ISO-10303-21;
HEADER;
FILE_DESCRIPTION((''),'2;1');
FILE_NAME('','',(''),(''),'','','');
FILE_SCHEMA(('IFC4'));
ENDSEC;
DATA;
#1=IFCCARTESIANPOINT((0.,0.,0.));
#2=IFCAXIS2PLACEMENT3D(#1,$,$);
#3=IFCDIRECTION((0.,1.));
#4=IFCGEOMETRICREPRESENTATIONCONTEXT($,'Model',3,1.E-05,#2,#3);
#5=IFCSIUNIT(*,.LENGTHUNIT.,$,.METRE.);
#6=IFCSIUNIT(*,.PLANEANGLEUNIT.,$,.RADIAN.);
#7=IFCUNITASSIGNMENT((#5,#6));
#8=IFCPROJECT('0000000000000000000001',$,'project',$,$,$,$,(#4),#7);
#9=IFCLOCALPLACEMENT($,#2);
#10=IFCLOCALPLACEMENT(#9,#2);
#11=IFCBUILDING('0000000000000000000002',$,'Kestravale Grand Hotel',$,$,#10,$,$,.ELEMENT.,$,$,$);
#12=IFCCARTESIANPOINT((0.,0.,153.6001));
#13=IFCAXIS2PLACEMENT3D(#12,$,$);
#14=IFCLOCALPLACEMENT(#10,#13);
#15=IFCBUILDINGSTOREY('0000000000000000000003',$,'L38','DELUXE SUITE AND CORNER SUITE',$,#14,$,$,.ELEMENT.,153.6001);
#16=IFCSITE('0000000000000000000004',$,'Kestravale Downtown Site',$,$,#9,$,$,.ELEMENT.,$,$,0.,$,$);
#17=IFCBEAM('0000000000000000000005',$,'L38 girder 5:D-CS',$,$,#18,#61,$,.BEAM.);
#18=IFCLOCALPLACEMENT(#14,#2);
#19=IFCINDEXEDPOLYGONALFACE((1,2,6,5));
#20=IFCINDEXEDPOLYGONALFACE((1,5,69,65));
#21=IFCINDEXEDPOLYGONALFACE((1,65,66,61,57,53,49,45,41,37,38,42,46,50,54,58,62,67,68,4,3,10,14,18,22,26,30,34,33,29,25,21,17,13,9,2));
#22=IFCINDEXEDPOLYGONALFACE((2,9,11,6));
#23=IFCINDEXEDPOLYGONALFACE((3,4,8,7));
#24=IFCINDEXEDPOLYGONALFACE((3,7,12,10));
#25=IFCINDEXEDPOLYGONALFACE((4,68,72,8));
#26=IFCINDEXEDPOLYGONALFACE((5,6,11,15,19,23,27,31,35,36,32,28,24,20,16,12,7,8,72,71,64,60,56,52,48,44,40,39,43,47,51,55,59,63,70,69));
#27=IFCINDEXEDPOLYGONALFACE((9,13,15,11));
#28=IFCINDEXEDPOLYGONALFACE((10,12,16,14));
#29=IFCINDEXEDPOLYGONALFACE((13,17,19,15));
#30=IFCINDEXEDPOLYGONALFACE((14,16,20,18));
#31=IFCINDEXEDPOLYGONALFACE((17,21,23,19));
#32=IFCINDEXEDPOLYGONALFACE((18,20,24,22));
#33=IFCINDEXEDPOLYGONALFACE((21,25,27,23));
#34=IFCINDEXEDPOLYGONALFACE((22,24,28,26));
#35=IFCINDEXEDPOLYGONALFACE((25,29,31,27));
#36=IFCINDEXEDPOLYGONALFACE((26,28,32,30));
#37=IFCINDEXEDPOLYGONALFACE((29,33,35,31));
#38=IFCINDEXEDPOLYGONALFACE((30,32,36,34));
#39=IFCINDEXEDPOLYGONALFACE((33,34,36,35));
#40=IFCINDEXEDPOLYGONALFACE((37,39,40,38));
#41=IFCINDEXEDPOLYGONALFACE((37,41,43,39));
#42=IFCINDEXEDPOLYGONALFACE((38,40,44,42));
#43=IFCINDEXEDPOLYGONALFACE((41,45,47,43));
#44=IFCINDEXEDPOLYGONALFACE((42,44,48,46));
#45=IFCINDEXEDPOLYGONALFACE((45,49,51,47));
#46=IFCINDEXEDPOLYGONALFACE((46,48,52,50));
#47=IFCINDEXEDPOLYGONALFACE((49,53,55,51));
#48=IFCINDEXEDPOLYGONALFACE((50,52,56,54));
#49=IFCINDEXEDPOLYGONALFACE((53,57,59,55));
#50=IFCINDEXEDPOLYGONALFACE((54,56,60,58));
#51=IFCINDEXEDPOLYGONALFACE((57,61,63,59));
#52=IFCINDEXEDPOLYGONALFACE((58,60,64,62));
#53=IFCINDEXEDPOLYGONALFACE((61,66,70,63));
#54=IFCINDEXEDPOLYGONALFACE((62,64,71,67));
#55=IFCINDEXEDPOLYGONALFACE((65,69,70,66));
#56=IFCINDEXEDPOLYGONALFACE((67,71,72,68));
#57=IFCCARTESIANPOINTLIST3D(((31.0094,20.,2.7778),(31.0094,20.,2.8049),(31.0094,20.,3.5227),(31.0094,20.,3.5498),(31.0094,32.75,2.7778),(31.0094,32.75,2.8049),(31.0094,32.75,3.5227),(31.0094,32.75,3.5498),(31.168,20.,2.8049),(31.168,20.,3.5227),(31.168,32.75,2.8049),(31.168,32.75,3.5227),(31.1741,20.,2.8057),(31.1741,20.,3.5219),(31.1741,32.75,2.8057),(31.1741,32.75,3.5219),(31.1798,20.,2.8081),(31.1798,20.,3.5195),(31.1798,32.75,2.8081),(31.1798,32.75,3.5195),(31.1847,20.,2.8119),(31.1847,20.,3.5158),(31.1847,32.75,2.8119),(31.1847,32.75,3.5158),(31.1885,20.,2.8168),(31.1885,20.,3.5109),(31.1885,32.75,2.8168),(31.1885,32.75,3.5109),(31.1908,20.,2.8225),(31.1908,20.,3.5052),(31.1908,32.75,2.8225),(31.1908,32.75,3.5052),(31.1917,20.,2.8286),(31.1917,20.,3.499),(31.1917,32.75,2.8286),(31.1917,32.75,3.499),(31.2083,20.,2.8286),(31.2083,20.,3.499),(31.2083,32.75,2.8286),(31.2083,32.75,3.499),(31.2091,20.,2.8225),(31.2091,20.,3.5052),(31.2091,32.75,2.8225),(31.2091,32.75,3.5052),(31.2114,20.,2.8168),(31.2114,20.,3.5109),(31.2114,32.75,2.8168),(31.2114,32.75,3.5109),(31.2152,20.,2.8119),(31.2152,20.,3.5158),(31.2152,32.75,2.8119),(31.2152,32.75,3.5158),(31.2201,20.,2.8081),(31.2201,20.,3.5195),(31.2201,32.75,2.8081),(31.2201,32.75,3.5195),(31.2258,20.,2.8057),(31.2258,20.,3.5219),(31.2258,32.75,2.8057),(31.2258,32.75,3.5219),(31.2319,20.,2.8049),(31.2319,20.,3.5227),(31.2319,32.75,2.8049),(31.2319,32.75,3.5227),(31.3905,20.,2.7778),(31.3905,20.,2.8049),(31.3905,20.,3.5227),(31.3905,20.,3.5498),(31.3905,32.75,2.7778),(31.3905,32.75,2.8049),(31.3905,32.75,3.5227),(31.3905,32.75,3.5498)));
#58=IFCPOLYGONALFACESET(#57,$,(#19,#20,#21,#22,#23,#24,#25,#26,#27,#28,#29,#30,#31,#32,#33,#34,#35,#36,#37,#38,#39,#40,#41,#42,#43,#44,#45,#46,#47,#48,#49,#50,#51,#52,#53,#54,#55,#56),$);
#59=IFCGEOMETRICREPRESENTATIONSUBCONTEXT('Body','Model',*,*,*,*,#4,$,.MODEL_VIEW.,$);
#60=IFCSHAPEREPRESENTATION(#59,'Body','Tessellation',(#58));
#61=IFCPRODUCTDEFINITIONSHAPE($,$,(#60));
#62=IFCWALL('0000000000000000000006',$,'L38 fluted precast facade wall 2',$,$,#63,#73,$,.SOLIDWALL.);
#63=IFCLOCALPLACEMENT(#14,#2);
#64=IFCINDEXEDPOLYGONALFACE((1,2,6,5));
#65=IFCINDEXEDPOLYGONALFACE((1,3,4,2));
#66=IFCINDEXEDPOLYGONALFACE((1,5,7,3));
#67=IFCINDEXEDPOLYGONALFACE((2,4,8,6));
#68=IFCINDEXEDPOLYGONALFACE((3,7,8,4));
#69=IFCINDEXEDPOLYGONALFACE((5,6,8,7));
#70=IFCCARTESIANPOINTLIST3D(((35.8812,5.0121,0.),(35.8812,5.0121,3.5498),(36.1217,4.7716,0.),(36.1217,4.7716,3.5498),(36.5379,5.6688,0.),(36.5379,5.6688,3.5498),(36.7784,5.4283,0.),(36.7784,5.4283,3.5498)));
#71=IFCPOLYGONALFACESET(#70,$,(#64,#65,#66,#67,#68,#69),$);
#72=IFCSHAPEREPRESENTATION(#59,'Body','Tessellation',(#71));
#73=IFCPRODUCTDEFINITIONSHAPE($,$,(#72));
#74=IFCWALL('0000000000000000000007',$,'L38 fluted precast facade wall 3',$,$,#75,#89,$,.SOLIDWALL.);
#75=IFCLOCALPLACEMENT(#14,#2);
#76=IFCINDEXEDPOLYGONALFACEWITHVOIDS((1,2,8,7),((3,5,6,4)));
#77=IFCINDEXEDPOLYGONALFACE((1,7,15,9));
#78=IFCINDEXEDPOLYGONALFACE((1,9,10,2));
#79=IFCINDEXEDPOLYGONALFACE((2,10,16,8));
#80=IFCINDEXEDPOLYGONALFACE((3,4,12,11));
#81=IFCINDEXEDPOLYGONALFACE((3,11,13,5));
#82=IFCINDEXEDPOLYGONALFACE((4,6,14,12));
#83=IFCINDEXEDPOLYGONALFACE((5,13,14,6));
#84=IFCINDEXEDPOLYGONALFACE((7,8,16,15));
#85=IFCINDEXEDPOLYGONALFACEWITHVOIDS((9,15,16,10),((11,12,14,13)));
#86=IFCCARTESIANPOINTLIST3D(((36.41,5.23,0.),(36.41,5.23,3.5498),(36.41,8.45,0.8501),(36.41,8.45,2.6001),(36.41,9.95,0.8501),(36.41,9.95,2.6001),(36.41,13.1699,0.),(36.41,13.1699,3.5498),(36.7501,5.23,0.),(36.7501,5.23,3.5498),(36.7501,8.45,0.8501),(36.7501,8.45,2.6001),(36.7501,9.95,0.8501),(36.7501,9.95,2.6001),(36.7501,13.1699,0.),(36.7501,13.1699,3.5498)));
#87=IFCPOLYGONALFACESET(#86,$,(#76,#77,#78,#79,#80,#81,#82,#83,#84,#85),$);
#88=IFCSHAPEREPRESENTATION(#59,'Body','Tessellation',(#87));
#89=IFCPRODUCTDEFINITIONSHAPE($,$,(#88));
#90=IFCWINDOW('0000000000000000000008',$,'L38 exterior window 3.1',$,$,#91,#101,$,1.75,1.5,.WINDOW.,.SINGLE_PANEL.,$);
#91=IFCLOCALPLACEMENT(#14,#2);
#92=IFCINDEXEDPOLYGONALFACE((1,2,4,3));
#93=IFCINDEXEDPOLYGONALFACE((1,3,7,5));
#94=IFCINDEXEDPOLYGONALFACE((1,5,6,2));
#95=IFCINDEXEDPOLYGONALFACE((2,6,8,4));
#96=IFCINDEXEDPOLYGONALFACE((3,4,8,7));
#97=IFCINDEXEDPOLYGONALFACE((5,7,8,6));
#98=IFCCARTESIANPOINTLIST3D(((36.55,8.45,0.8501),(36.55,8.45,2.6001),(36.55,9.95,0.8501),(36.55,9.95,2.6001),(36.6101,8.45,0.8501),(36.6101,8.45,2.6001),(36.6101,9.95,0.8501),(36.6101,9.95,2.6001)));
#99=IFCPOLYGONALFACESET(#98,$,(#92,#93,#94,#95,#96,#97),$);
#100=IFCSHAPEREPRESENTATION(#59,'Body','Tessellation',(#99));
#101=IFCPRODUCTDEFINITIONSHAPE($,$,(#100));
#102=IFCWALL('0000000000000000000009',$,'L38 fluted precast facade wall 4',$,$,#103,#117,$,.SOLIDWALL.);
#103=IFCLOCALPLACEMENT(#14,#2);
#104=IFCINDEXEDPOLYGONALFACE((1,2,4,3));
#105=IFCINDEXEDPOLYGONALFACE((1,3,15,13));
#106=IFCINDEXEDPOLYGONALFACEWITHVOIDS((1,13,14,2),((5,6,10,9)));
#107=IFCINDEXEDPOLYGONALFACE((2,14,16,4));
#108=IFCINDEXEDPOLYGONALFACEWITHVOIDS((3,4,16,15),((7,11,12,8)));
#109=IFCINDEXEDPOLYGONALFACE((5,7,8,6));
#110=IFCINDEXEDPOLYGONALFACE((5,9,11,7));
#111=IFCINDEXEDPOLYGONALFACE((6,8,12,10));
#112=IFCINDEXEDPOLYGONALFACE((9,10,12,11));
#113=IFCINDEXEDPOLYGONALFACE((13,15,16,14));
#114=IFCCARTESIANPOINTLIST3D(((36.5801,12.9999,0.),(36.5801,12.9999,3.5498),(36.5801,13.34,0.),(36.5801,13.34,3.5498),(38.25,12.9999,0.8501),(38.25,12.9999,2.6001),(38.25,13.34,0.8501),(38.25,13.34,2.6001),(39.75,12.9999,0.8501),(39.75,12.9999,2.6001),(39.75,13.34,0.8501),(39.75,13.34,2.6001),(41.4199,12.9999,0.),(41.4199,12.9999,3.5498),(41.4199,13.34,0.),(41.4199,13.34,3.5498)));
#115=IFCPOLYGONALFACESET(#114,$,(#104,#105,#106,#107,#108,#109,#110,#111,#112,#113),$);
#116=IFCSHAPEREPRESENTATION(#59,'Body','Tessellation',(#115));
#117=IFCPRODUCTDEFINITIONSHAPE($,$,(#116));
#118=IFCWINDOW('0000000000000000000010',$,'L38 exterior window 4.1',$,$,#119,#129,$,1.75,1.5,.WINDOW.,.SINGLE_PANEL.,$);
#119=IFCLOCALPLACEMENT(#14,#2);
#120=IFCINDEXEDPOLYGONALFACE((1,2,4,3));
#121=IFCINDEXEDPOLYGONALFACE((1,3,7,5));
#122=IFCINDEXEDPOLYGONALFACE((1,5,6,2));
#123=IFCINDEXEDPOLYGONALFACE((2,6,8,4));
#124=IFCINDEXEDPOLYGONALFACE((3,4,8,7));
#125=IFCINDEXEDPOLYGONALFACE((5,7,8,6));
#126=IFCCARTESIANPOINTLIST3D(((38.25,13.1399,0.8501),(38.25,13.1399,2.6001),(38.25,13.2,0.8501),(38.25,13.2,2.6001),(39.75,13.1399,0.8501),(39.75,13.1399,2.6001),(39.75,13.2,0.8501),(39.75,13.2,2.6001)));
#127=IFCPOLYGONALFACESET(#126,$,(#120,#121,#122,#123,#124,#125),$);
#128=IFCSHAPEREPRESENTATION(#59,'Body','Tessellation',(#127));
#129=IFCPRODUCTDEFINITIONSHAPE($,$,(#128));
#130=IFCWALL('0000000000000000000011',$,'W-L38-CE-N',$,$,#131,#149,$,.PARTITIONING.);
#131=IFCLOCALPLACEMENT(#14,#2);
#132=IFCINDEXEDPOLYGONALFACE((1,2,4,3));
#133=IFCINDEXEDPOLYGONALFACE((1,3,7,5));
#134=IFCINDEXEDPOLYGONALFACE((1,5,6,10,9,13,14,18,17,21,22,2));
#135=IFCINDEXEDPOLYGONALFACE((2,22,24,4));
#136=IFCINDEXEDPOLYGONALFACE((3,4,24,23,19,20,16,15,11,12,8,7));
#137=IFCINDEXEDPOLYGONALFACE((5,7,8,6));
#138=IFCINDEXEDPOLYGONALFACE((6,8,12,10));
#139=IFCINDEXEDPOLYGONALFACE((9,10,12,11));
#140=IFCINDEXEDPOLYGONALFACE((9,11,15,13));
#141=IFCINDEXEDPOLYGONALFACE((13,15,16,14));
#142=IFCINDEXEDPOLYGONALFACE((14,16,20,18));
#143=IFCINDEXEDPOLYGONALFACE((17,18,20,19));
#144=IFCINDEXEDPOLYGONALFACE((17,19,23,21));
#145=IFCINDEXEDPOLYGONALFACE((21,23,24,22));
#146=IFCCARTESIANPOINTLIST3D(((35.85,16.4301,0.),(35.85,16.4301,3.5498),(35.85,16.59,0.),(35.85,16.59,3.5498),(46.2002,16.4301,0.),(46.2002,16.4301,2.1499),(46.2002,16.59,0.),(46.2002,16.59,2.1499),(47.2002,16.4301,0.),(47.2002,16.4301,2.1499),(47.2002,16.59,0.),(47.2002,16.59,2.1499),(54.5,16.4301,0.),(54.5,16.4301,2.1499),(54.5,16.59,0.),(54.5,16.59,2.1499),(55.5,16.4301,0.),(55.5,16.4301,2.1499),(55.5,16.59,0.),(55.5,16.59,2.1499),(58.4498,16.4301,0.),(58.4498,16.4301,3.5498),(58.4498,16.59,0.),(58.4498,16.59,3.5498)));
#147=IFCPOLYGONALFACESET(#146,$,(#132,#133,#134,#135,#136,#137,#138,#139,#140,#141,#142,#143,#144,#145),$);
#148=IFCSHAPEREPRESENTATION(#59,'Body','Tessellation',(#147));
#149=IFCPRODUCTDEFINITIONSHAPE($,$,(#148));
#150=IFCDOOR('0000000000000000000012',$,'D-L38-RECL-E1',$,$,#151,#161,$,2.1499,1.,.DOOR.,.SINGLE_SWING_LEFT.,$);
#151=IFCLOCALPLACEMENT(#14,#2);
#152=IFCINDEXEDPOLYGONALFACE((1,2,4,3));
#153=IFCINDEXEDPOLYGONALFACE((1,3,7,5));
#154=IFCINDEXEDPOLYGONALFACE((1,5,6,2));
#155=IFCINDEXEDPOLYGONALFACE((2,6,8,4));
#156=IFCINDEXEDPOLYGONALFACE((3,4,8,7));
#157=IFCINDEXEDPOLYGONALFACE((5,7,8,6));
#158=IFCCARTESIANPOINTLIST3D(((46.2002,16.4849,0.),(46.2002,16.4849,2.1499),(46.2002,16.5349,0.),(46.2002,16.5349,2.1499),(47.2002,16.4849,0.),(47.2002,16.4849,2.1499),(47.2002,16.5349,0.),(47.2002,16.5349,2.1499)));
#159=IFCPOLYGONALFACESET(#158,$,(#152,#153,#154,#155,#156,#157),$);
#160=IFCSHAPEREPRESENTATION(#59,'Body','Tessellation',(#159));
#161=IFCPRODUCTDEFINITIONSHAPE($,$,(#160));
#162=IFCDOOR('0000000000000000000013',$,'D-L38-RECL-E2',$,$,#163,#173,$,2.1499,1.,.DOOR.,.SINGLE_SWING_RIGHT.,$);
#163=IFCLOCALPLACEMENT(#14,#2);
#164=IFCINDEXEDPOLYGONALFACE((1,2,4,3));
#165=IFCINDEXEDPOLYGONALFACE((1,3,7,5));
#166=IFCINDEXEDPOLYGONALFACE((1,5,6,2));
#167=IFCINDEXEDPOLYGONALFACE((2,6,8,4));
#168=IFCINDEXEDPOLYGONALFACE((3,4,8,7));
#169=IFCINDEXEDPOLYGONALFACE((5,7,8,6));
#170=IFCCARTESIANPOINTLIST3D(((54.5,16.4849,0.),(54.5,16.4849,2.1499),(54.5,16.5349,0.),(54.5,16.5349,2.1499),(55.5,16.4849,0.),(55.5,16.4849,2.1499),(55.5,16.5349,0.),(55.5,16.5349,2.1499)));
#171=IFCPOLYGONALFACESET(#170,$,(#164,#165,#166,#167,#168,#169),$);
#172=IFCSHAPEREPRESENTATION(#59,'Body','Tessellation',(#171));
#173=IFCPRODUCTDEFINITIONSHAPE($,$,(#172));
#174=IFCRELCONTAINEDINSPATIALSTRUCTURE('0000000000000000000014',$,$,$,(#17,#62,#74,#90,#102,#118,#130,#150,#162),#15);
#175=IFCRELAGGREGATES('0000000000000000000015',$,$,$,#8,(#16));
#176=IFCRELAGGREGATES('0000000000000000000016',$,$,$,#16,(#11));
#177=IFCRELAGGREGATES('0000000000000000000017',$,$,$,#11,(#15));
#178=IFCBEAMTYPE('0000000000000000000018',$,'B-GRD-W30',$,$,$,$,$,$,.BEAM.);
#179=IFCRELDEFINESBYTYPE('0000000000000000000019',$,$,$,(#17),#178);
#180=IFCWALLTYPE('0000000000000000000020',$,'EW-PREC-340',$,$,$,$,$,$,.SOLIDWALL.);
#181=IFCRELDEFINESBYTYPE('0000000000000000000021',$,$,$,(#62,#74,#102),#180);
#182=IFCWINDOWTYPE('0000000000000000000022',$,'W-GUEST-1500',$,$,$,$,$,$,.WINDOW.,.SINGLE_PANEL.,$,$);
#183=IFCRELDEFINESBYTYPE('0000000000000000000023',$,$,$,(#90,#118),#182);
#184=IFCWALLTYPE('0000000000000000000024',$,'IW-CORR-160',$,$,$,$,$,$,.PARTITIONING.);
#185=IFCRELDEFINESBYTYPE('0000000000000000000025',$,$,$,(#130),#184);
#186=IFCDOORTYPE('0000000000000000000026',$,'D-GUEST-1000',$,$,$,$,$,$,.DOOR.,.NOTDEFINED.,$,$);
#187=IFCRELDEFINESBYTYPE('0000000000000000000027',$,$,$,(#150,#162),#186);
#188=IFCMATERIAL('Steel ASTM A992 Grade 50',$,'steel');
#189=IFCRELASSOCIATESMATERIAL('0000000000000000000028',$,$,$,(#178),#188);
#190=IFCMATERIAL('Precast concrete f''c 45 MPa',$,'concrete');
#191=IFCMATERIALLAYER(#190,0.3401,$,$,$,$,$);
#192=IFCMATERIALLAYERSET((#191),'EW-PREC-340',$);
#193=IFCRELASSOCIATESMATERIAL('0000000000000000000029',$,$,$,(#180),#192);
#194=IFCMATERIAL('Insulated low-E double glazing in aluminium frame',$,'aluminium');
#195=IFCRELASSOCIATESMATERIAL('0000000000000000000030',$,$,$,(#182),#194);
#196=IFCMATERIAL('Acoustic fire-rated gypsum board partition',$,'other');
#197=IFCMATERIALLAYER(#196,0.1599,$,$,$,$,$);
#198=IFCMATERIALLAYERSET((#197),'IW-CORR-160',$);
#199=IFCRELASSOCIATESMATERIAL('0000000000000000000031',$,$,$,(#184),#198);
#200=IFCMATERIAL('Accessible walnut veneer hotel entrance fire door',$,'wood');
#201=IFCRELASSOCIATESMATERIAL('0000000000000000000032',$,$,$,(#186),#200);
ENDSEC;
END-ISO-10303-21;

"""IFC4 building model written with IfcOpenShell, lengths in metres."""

from ifc_helpers import new_model, si_unit, direction, frame, frame_2d, origin, origin_2d, place, context, subcontext, project, spatial, rectangle, i_section, extrude, material, layer, layer_set, material_profile, profile_set, type_object, element, fill, save


model = new_model("IFC4")

# Units and contexts
model_context = context("Model", 3, precision=1e-05, world=origin(), true_north=direction((0.0, 1.0)))
body_context = subcontext(model_context, "Body", "Model", "MODEL_VIEW")
ifc_project = project(units=[si_unit("LENGTHUNIT", "METRE"), si_unit("PLANEANGLEUNIT", "RADIAN")], contexts=[model_context])

# Site, building, storey
site_placement = place(None, origin())
site = spatial("IfcSite", under=ifc_project, at=site_placement, Name="Kestravale Downtown Site", CompositionType="ELEMENT", RefElevation=0.0)
building_placement = place(site_placement, origin())
building = spatial("IfcBuilding", under=site, at=building_placement, Name="Kestravale Grand Hotel", CompositionType="ELEMENT")
storey_placement = place(building_placement, frame((0.0, 0.0, 153.6001)))
storey = spatial("IfcBuildingStorey", under=building, at=storey_placement, Name="L38", Description="DELUXE SUITE AND CORNER SUITE", CompositionType="ELEMENT", Elevation=153.6001)

# Beam
ifc_material_1 = material(Name="Steel ASTM A992 Grade 50", Category="steel")
ifc_material_profile_1 = material_profile(ifc_material_1, i_section(OverallWidth=0.3811, OverallDepth=0.772, WebThickness=0.0166, FlangeThickness=0.0271, FilletRadius=0.0237, at=origin_2d()))
ifc_profile_set_1 = profile_set([ifc_material_profile_1], Name="Steel ASTM A992 Grade 50")
beam_type_1 = type_object("IfcBeamType", Name="B-GRD-W30", PredefinedType="BEAM", material=ifc_profile_set_1)
beam_1_placement = place(storey_placement, frame((31.2, 20.0, 3.1638), z_axis=(0.0, 1.0, 0.0), x_axis=(-1.0, 0.0, 0.0)))
element("IfcBeam", 1, at=beam_1_placement, inside=storey, type_object=beam_type_1, Name="L38 girder 5:D-CS", PredefinedType="BEAM", context=body_context, shape_type="SweptSolid", body=[
    extrude(i_section(OverallWidth=0.3811, OverallDepth=0.772, WebThickness=0.0166, FlangeThickness=0.0271, FilletRadius=0.0237, at=origin_2d()), origin(), (0.0, 0.0, 1.0), 12.75),
])

# Wall
ifc_material_2 = material(Name="Precast concrete f'c 45 MPa", Category="concrete")
ifc_layer_1 = layer(ifc_material_2, 0.3401)
ifc_layer_set_1 = layer_set([ifc_layer_1], Name="EW-PREC-340")
wall_type_1 = type_object("IfcWallType", Name="EW-PREC-340", PredefinedType="SOLIDWALL", material=ifc_layer_set_1)
wall_1_placement = place(storey_placement, frame((36.0015, 4.8918, 0.0), z_axis=(0.0, 0.0, 1.0), x_axis=(0.707107, 0.707107, 0.0)))
element("IfcWall", 2, at=wall_1_placement, inside=storey, type_object=wall_type_1, Name="L38 fluted precast facade wall 2", PredefinedType="SOLIDWALL", context=body_context, shape_type="SweptSolid", body=[
    extrude(rectangle(XDim=0.9287, YDim=0.3401, at=frame_2d((0.4644, 0.0))), origin(), (0.0, 0.0, 1.0), 3.5498),
])

# Walls, openings, windows
wall_2_placement = place(storey_placement, frame((36.5801, 5.23, 0.0), z_axis=(0.0, 0.0, 1.0), x_axis=(0.0, 1.0, 0.0)))
wall_2 = element("IfcWall", 3, at=wall_2_placement, inside=storey, type_object=wall_type_1, Name="L38 fluted precast facade wall 3", PredefinedType="SOLIDWALL", context=body_context, shape_type="SweptSolid", body=[
    extrude(rectangle(XDim=7.9399, YDim=0.3401, at=frame_2d((3.97, 0.0))), origin(), (0.0, 0.0, 1.0), 3.5498),
])
opening_1_placement = place(wall_2_placement, frame((3.22, 0.0, 0.8501)))
opening_1 = element("IfcOpeningElement", 4, at=opening_1_placement, cuts=wall_2, PredefinedType="OPENING", context=body_context, shape_type="SweptSolid", body=[
    extrude(rectangle(XDim=1.5, YDim=1.75, at=frame_2d((0.75, 0.875))), frame((0.0, 0.1799, 0.0), z_axis=(0.0, -1.0, 0.0), x_axis=(1.0, 0.0, 0.0)), (0.0, 0.0, 1.0), 0.3601),
])
ifc_material_3 = material(Name="Insulated low-E double glazing in aluminium frame", Category="aluminium")
window_type = type_object("IfcWindowType", Name="W-GUEST-1500", PartitioningType="SINGLE_PANEL", PredefinedType="WINDOW", material=ifc_material_3)
window_1_placement = place(opening_1_placement, origin())
window_1 = element("IfcWindow", 5, at=window_1_placement, inside=storey, type_object=window_type, Name="L38 exterior window 3.1", OverallHeight=1.75, OverallWidth=1.5, PartitioningType="SINGLE_PANEL", PredefinedType="WINDOW", context=body_context, shape_type="SweptSolid", body=[
    extrude(rectangle(XDim=1.5, YDim=1.75, at=frame_2d((0.75, 0.875))), frame((0.0, 0.03, 0.0), z_axis=(0.0, -1.0, 0.0), x_axis=(1.0, 0.0, 0.0)), (0.0, 0.0, 1.0), 0.0601),
])
fill(opening_1, window_1)
wall_3_placement = place(storey_placement, frame((36.5801, 13.1699, 0.0), z_axis=(0.0, 0.0, 1.0), x_axis=(1.0, 0.0, 0.0)))
wall_3 = element("IfcWall", 6, at=wall_3_placement, inside=storey, type_object=wall_type_1, Name="L38 fluted precast facade wall 4", PredefinedType="SOLIDWALL", context=body_context, shape_type="SweptSolid", body=[
    extrude(rectangle(XDim=4.8398, YDim=0.3401, at=frame_2d((2.4199, 0.0))), origin(), (0.0, 0.0, 1.0), 3.5498),
])
opening_2_placement = place(wall_3_placement, frame((1.6699, 0.0, 0.8501)))
opening_2 = element("IfcOpeningElement", 7, at=opening_2_placement, cuts=wall_3, PredefinedType="OPENING", context=body_context, shape_type="SweptSolid", body=[
    extrude(rectangle(XDim=1.5, YDim=1.75, at=frame_2d((0.75, 0.875))), frame((0.0, 0.1799, 0.0), z_axis=(0.0, -1.0, 0.0), x_axis=(1.0, 0.0, 0.0)), (0.0, 0.0, 1.0), 0.3601),
])
window_2_placement = place(opening_2_placement, origin())
window_2 = element("IfcWindow", 8, at=window_2_placement, inside=storey, type_object=window_type, Name="L38 exterior window 4.1", OverallHeight=1.75, OverallWidth=1.5, PartitioningType="SINGLE_PANEL", PredefinedType="WINDOW", context=body_context, shape_type="SweptSolid", body=[
    extrude(rectangle(XDim=1.5, YDim=1.75, at=frame_2d((0.75, 0.875))), frame((0.0, 0.03, 0.0), z_axis=(0.0, -1.0, 0.0), x_axis=(1.0, 0.0, 0.0)), (0.0, 0.0, 1.0), 0.0601),
])
fill(opening_2, window_2)

# Wall, openings, doors
ifc_material_4 = material(Name="Acoustic fire-rated gypsum board partition", Category="other")
ifc_layer_2 = layer(ifc_material_4, 0.1599)
ifc_layer_set_2 = layer_set([ifc_layer_2], Name="IW-CORR-160")
wall_type_2 = type_object("IfcWallType", Name="IW-CORR-160", PredefinedType="PARTITIONING", material=ifc_layer_set_2)
wall_4_placement = place(storey_placement, frame((35.8501, 16.51, 0.0), z_axis=(0.0, 0.0, 1.0), x_axis=(1.0, 0.0, 0.0)))
wall_4 = element("IfcWall", 9, at=wall_4_placement, inside=storey, type_object=wall_type_2, Name="W-L38-CE-N", PredefinedType="PARTITIONING", context=body_context, shape_type="SweptSolid", body=[
    extrude(rectangle(XDim=22.5999, YDim=0.1599, at=frame_2d((11.2998, 0.0))), origin(), (0.0, 0.0, 1.0), 3.5498),
])
opening_3_placement = place(wall_4_placement, frame((10.3501, 0.0, 0.0)))
opening_3 = element("IfcOpeningElement", 10, at=opening_3_placement, cuts=wall_4, PredefinedType="OPENING", context=body_context, shape_type="SweptSolid", body=[
    extrude(rectangle(XDim=1.0, YDim=2.1499, at=frame_2d((0.5, 1.075))), frame((0.0, 0.0898, 0.0), z_axis=(0.0, -1.0, 0.0), x_axis=(1.0, 0.0, 0.0)), (0.0, 0.0, 1.0), 0.1799),
])
opening_4_placement = place(wall_4_placement, frame((18.6499, 0.0, 0.0)))
opening_4 = element("IfcOpeningElement", 11, at=opening_4_placement, cuts=wall_4, PredefinedType="OPENING", context=body_context, shape_type="SweptSolid", body=[
    extrude(rectangle(XDim=1.0, YDim=2.1499, at=frame_2d((0.5, 1.075))), frame((0.0, 0.0898, 0.0), z_axis=(0.0, -1.0, 0.0), x_axis=(1.0, 0.0, 0.0)), (0.0, 0.0, 1.0), 0.1799),
])
ifc_material_5 = material(Name="Accessible walnut veneer hotel entrance fire door", Category="wood")
door_type = type_object("IfcDoorType", Name="D-GUEST-1000", OperationType="NOTDEFINED", PredefinedType="DOOR", material=ifc_material_5)
door_1_placement = place(opening_3_placement, origin())
door_1 = element("IfcDoor", 12, at=door_1_placement, inside=storey, type_object=door_type, Name="D-L38-RECL-E1", OperationType="SINGLE_SWING_LEFT", OverallHeight=2.1499, OverallWidth=1.0, PredefinedType="DOOR", context=body_context, shape_type="SweptSolid", body=[
    extrude(rectangle(XDim=1.0, YDim=2.1499, at=frame_2d((0.5, 1.075))), frame((0.0, 0.0249, 0.0), z_axis=(0.0, -1.0, 0.0), x_axis=(1.0, 0.0, 0.0)), (0.0, 0.0, 1.0), 0.05),
])
fill(opening_3, door_1)
door_2_placement = place(opening_4_placement, origin())
door_2 = element("IfcDoor", 13, at=door_2_placement, inside=storey, type_object=door_type, Name="D-L38-RECL-E2", OperationType="SINGLE_SWING_RIGHT", OverallHeight=2.1499, OverallWidth=1.0, PredefinedType="DOOR", context=body_context, shape_type="SweptSolid", body=[
    extrude(rectangle(XDim=1.0, YDim=2.1499, at=frame_2d((0.5, 1.075))), frame((0.0, 0.0249, 0.0), z_axis=(0.0, -1.0, 0.0), x_axis=(1.0, 0.0, 0.0)), (0.0, 0.0, 1.0), 0.05),
])
fill(opening_4, door_2)

save(model, "model.ifc")
